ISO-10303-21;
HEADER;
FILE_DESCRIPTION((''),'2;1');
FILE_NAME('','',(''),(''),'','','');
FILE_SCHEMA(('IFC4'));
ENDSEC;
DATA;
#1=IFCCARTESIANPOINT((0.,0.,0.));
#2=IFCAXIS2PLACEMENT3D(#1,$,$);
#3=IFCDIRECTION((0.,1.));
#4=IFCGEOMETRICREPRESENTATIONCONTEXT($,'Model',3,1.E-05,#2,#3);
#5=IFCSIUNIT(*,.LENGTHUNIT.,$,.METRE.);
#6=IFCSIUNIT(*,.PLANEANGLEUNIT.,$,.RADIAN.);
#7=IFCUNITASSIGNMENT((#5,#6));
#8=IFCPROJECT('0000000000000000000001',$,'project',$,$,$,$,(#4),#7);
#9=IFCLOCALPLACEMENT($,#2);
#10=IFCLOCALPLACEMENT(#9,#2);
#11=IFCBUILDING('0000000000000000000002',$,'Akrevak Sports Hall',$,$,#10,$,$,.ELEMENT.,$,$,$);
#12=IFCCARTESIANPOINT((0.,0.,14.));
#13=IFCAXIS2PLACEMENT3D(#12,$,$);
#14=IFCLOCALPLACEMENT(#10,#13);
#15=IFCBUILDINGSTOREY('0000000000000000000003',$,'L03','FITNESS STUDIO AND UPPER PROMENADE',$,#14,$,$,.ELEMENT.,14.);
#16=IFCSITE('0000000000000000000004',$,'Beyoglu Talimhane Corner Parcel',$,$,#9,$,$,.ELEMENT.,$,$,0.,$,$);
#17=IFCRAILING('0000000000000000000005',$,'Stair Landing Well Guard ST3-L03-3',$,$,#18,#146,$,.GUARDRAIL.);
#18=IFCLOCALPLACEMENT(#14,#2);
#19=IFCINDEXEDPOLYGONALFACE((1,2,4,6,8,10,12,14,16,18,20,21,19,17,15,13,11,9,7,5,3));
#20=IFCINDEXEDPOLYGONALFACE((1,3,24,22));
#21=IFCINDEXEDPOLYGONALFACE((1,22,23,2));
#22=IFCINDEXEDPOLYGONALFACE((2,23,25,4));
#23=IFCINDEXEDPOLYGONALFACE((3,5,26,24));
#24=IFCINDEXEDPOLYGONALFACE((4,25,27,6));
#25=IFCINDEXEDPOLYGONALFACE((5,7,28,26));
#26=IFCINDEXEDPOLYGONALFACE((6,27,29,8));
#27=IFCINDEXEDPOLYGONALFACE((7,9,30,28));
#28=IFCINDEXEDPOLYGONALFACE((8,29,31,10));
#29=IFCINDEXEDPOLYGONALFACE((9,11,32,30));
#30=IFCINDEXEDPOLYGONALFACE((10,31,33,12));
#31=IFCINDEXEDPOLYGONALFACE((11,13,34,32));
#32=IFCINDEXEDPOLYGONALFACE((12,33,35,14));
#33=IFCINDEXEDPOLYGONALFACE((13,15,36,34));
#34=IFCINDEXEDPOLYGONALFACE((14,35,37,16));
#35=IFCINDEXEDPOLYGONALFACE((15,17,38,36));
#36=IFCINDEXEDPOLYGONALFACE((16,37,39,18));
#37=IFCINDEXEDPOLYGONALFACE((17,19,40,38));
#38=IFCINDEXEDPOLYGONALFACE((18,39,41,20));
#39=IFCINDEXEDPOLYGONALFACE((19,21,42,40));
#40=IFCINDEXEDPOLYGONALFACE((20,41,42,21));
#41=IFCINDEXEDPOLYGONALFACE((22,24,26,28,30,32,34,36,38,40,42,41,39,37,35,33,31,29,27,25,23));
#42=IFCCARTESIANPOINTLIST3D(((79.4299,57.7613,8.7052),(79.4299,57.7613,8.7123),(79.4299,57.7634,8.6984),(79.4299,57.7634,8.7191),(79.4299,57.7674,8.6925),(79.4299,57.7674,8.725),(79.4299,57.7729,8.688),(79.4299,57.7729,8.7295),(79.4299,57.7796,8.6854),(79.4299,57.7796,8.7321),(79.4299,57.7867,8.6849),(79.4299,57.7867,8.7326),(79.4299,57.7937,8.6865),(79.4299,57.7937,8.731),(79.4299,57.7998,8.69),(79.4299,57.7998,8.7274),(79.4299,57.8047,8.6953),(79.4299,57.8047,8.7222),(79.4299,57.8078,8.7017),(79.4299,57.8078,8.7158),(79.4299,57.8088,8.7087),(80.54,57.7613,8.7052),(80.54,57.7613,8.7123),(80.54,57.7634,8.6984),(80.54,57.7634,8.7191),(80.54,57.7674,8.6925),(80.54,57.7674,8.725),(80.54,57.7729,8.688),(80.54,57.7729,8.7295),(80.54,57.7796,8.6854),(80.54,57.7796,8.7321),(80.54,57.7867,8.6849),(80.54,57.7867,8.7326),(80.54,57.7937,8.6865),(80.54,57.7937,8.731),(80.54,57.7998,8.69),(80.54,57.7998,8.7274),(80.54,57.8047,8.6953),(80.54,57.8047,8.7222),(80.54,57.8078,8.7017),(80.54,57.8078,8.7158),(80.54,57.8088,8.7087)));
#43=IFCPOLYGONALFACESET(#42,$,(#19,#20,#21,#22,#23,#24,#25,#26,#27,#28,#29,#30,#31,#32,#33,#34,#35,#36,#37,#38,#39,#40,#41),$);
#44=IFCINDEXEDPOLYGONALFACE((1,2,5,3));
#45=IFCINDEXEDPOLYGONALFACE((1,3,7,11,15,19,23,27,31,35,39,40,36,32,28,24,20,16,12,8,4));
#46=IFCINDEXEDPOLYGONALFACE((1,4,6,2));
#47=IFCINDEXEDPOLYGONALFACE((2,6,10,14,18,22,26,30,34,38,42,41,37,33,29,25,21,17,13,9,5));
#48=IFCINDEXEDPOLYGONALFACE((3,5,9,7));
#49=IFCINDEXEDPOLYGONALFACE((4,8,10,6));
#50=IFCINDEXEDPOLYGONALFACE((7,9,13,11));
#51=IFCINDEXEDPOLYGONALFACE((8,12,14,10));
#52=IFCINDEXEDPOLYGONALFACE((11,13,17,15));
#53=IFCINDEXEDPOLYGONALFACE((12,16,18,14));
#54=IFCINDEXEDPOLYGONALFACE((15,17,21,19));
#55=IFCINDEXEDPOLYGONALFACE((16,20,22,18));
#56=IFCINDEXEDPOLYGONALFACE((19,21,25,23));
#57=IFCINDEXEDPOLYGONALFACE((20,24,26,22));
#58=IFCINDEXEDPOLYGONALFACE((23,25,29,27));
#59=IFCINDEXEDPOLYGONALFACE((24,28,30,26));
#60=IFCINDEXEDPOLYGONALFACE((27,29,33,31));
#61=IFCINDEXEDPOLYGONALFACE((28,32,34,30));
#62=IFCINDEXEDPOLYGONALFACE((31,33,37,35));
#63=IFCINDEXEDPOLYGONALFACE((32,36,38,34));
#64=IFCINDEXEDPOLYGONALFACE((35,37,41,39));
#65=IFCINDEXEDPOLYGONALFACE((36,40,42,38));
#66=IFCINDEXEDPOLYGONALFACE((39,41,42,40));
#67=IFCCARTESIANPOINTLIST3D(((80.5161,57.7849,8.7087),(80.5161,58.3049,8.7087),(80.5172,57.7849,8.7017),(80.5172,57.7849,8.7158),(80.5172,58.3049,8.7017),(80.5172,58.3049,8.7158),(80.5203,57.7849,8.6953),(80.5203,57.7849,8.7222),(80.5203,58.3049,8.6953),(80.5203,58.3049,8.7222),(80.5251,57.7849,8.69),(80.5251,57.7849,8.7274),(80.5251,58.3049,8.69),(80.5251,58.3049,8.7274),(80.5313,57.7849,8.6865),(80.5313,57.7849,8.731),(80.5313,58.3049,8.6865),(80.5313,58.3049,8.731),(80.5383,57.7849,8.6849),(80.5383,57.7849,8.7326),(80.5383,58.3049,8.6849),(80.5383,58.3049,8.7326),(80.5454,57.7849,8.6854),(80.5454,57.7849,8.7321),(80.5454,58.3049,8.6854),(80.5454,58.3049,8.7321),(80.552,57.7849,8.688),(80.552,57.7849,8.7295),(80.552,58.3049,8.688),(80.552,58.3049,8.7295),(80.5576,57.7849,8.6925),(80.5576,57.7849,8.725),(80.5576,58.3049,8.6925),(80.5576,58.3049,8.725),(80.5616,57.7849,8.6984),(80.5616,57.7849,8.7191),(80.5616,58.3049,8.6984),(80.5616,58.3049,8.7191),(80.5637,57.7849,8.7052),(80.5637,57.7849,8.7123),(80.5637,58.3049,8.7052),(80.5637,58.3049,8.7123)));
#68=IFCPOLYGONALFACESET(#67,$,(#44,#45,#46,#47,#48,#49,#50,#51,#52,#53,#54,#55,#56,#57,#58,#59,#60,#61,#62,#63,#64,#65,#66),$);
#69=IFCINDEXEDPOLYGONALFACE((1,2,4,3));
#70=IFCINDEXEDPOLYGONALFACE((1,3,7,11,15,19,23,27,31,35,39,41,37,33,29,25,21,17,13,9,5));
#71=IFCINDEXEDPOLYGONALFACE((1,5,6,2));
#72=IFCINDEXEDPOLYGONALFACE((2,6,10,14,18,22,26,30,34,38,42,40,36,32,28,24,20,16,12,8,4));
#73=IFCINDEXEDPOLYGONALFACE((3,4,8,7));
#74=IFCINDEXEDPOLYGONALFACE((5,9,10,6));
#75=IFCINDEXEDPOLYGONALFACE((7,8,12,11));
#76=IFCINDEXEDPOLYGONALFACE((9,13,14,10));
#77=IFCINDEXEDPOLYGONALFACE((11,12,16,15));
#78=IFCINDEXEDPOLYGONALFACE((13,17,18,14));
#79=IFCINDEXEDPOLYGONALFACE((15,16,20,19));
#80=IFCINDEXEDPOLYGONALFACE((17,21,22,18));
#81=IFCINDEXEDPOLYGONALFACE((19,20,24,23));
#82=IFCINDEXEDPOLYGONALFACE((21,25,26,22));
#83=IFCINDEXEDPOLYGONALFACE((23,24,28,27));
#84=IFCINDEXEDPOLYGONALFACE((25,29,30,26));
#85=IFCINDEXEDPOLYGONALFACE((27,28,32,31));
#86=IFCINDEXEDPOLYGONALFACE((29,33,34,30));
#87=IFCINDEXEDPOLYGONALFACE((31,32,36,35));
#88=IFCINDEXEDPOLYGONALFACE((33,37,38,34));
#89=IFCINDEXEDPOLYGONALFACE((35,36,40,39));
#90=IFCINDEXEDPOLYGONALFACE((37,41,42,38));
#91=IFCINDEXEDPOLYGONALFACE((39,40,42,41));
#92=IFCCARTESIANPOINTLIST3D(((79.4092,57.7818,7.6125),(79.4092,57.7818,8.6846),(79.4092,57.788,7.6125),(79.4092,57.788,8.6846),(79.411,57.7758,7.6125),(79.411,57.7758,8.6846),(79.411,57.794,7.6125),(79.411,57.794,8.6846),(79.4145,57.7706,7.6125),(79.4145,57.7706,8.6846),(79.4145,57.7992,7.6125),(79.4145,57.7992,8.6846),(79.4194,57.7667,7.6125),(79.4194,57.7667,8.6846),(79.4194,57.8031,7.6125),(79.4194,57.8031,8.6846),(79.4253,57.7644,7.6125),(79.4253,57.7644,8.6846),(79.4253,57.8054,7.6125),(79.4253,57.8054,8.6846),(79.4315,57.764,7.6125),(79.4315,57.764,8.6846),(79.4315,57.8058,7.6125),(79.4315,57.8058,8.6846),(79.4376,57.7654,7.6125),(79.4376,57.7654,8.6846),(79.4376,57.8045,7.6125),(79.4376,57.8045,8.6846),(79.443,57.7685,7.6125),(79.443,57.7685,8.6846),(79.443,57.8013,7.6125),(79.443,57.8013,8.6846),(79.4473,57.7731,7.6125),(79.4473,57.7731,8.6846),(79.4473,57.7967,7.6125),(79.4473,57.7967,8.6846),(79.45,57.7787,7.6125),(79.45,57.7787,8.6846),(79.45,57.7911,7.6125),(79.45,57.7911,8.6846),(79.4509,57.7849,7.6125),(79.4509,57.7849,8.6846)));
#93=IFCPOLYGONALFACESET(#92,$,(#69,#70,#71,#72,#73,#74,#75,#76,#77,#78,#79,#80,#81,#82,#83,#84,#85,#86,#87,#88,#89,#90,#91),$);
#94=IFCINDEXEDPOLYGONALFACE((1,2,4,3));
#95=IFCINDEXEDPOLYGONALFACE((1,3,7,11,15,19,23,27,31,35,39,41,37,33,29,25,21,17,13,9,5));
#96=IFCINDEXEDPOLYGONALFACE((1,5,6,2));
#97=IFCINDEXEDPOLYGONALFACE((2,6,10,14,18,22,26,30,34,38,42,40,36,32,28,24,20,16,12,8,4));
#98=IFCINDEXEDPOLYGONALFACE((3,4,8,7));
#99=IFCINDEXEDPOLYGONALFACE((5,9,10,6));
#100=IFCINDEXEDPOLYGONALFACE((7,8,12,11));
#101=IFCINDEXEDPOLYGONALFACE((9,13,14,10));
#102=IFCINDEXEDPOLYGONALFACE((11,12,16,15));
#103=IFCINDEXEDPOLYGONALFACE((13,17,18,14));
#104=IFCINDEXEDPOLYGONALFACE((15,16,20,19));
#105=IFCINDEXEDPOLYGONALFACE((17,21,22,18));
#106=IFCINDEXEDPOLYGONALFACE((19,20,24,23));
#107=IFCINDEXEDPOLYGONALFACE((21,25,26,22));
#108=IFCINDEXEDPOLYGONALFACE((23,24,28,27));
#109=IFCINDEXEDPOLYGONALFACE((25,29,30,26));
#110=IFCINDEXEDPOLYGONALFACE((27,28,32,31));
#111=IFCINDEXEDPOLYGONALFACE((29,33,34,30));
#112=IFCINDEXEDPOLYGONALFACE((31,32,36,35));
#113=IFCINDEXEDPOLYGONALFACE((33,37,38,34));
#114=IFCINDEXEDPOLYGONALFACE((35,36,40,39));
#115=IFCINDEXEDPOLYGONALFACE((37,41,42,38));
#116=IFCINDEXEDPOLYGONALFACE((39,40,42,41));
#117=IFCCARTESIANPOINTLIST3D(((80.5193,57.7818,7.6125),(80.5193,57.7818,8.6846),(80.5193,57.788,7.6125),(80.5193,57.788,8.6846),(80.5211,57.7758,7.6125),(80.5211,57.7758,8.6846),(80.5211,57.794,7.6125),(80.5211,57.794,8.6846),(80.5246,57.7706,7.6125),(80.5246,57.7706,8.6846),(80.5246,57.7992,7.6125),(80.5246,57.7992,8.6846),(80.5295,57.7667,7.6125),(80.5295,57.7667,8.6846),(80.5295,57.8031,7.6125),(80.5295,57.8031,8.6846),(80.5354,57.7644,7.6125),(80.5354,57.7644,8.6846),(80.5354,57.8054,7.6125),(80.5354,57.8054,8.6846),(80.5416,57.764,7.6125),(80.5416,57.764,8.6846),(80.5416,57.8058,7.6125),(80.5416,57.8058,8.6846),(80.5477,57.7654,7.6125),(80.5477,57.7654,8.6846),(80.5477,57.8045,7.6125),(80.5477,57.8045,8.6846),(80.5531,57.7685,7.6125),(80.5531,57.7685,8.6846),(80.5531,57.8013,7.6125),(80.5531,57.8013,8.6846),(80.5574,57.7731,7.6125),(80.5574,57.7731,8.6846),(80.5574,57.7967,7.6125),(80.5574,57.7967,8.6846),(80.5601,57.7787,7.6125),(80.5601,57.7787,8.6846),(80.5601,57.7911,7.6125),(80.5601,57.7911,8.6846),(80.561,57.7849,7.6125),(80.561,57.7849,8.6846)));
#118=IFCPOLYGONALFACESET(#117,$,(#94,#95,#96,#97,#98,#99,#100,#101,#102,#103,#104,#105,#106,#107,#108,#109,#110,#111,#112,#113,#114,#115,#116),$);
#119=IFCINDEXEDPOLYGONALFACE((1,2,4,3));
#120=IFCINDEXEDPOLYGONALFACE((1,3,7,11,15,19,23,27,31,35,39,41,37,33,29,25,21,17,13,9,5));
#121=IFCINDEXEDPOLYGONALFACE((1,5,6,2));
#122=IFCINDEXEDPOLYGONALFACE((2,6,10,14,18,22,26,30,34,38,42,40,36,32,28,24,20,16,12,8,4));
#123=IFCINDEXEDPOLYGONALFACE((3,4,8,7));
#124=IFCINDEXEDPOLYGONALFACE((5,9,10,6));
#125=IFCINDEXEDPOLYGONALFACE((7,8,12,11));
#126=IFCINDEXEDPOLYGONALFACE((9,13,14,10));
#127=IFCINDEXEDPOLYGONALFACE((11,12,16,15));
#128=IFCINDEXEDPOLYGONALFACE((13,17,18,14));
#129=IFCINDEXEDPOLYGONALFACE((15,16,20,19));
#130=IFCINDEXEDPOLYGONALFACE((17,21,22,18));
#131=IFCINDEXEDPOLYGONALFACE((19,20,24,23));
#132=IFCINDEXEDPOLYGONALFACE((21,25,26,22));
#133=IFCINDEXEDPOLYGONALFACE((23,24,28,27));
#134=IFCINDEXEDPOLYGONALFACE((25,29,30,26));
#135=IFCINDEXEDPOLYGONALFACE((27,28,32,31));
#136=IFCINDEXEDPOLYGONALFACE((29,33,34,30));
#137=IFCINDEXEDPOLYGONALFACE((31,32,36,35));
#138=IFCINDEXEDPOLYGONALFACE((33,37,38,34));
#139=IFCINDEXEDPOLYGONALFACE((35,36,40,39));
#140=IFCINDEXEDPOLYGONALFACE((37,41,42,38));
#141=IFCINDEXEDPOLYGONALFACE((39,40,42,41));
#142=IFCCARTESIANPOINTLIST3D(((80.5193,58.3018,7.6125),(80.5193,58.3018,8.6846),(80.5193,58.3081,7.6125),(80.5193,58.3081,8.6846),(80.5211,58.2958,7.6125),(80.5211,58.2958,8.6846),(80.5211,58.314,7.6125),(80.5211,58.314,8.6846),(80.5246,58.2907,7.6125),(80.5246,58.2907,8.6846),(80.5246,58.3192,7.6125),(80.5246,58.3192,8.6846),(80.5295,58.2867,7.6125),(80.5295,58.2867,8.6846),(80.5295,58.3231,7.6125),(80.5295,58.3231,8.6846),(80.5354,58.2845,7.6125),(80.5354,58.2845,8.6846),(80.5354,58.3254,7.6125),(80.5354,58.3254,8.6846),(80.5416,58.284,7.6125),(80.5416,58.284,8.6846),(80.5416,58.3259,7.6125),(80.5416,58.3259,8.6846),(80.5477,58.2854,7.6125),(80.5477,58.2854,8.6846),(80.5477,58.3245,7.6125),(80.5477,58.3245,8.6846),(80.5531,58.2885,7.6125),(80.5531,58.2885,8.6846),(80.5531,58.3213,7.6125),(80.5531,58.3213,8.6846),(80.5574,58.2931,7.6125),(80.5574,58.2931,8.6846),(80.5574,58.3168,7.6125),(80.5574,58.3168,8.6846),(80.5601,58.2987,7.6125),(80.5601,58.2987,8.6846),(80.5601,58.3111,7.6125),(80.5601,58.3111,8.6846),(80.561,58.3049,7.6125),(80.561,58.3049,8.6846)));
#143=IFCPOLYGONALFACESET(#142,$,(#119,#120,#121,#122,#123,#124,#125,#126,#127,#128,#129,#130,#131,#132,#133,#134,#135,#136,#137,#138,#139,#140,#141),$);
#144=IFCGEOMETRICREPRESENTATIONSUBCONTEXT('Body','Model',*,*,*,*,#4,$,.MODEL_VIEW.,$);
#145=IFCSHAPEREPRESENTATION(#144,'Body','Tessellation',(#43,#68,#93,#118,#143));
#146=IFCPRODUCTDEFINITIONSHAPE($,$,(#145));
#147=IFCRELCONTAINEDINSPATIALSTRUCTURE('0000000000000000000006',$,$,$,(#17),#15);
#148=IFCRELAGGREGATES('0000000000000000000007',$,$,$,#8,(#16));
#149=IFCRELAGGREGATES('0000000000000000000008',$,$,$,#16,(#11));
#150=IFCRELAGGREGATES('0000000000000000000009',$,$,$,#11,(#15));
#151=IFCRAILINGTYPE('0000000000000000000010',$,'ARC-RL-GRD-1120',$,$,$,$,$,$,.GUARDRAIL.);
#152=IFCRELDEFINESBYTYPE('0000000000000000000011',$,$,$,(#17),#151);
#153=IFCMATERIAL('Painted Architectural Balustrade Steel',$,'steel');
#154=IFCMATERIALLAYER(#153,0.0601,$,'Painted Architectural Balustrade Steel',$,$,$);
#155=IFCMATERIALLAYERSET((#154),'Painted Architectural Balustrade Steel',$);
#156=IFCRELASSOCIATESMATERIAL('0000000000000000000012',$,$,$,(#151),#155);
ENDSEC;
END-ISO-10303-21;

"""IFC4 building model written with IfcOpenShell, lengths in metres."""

from ifc_helpers import new_model, si_unit, direction, frame, origin, origin_2d, place, context, subcontext, project, spatial, circle, extrude, material, layer, layer_set, type_object, element, save


model = new_model("IFC4")

# Units and contexts
model_context = context("Model", 3, precision=1e-05, world=origin(), true_north=direction((0.0, 1.0)))
body_context = subcontext(model_context, "Body", "Model", "MODEL_VIEW")
ifc_project = project(units=[si_unit("LENGTHUNIT", "METRE"), si_unit("PLANEANGLEUNIT", "RADIAN")], contexts=[model_context])

# Site, building, storey
site_placement = place(None, origin())
site = spatial("IfcSite", under=ifc_project, at=site_placement, Name="Beyoglu Talimhane Corner Parcel", CompositionType="ELEMENT", RefElevation=0.0)
building_placement = place(site_placement, origin())
building = spatial("IfcBuilding", under=site, at=building_placement, Name="Akrevak Sports Hall", CompositionType="ELEMENT")
storey_placement = place(building_placement, frame((0.0, 0.0, 14.0)))
storey = spatial("IfcBuildingStorey", under=building, at=storey_placement, Name="L03", Description="FITNESS STUDIO AND UPPER PROMENADE", CompositionType="ELEMENT", Elevation=14.0)

# Railing
ifc_material_1 = material(Name="Painted Architectural Balustrade Steel", Category="steel")
ifc_layer_1 = layer(ifc_material_1, 0.0601, Name="Painted Architectural Balustrade Steel")
ifc_layer_set_1 = layer_set([ifc_layer_1], Name="Painted Architectural Balustrade Steel")
railing_type_1 = type_object("IfcRailingType", Name="ARC-RL-GRD-1120", PredefinedType="GUARDRAIL", material=ifc_layer_set_1)
railing_1_placement = place(storey_placement, frame((79.4299, 57.7849, 7.6125)))
element("IfcRailing", 1, at=railing_1_placement, inside=storey, type_object=railing_type_1, Name="Stair Landing Well Guard ST3-L03-3", PredefinedType="GUARDRAIL", context=body_context, shape_type="SweptSolid", body=[
    extrude(circle(Radius=0.0239, at=origin_2d()), frame((0.0, 0.0, 1.0962), z_axis=(1.0, 0.0, 0.0), x_axis=(0.0, 1.0, 0.0)), (0.0, 0.0, 1.0), 1.1101),
    extrude(circle(Radius=0.0239, at=origin_2d()), frame((1.1101, 0.0, 1.0962), z_axis=(0.0, 1.0, 0.0), x_axis=(-1.0, 0.0, 0.0)), (0.0, 0.0, 1.0), 0.52),
    extrude(circle(Radius=0.021, at=origin_2d()), origin(), (0.0, 0.0, 1.0), 1.072),
    extrude(circle(Radius=0.021, at=origin_2d()), frame((1.1101, 0.0, 0.0)), (0.0, 0.0, 1.0), 1.072),
    extrude(circle(Radius=0.021, at=origin_2d()), frame((1.1101, 0.52, 0.0)), (0.0, 0.0, 1.0), 1.072),
])

save(model, "model.ifc")
